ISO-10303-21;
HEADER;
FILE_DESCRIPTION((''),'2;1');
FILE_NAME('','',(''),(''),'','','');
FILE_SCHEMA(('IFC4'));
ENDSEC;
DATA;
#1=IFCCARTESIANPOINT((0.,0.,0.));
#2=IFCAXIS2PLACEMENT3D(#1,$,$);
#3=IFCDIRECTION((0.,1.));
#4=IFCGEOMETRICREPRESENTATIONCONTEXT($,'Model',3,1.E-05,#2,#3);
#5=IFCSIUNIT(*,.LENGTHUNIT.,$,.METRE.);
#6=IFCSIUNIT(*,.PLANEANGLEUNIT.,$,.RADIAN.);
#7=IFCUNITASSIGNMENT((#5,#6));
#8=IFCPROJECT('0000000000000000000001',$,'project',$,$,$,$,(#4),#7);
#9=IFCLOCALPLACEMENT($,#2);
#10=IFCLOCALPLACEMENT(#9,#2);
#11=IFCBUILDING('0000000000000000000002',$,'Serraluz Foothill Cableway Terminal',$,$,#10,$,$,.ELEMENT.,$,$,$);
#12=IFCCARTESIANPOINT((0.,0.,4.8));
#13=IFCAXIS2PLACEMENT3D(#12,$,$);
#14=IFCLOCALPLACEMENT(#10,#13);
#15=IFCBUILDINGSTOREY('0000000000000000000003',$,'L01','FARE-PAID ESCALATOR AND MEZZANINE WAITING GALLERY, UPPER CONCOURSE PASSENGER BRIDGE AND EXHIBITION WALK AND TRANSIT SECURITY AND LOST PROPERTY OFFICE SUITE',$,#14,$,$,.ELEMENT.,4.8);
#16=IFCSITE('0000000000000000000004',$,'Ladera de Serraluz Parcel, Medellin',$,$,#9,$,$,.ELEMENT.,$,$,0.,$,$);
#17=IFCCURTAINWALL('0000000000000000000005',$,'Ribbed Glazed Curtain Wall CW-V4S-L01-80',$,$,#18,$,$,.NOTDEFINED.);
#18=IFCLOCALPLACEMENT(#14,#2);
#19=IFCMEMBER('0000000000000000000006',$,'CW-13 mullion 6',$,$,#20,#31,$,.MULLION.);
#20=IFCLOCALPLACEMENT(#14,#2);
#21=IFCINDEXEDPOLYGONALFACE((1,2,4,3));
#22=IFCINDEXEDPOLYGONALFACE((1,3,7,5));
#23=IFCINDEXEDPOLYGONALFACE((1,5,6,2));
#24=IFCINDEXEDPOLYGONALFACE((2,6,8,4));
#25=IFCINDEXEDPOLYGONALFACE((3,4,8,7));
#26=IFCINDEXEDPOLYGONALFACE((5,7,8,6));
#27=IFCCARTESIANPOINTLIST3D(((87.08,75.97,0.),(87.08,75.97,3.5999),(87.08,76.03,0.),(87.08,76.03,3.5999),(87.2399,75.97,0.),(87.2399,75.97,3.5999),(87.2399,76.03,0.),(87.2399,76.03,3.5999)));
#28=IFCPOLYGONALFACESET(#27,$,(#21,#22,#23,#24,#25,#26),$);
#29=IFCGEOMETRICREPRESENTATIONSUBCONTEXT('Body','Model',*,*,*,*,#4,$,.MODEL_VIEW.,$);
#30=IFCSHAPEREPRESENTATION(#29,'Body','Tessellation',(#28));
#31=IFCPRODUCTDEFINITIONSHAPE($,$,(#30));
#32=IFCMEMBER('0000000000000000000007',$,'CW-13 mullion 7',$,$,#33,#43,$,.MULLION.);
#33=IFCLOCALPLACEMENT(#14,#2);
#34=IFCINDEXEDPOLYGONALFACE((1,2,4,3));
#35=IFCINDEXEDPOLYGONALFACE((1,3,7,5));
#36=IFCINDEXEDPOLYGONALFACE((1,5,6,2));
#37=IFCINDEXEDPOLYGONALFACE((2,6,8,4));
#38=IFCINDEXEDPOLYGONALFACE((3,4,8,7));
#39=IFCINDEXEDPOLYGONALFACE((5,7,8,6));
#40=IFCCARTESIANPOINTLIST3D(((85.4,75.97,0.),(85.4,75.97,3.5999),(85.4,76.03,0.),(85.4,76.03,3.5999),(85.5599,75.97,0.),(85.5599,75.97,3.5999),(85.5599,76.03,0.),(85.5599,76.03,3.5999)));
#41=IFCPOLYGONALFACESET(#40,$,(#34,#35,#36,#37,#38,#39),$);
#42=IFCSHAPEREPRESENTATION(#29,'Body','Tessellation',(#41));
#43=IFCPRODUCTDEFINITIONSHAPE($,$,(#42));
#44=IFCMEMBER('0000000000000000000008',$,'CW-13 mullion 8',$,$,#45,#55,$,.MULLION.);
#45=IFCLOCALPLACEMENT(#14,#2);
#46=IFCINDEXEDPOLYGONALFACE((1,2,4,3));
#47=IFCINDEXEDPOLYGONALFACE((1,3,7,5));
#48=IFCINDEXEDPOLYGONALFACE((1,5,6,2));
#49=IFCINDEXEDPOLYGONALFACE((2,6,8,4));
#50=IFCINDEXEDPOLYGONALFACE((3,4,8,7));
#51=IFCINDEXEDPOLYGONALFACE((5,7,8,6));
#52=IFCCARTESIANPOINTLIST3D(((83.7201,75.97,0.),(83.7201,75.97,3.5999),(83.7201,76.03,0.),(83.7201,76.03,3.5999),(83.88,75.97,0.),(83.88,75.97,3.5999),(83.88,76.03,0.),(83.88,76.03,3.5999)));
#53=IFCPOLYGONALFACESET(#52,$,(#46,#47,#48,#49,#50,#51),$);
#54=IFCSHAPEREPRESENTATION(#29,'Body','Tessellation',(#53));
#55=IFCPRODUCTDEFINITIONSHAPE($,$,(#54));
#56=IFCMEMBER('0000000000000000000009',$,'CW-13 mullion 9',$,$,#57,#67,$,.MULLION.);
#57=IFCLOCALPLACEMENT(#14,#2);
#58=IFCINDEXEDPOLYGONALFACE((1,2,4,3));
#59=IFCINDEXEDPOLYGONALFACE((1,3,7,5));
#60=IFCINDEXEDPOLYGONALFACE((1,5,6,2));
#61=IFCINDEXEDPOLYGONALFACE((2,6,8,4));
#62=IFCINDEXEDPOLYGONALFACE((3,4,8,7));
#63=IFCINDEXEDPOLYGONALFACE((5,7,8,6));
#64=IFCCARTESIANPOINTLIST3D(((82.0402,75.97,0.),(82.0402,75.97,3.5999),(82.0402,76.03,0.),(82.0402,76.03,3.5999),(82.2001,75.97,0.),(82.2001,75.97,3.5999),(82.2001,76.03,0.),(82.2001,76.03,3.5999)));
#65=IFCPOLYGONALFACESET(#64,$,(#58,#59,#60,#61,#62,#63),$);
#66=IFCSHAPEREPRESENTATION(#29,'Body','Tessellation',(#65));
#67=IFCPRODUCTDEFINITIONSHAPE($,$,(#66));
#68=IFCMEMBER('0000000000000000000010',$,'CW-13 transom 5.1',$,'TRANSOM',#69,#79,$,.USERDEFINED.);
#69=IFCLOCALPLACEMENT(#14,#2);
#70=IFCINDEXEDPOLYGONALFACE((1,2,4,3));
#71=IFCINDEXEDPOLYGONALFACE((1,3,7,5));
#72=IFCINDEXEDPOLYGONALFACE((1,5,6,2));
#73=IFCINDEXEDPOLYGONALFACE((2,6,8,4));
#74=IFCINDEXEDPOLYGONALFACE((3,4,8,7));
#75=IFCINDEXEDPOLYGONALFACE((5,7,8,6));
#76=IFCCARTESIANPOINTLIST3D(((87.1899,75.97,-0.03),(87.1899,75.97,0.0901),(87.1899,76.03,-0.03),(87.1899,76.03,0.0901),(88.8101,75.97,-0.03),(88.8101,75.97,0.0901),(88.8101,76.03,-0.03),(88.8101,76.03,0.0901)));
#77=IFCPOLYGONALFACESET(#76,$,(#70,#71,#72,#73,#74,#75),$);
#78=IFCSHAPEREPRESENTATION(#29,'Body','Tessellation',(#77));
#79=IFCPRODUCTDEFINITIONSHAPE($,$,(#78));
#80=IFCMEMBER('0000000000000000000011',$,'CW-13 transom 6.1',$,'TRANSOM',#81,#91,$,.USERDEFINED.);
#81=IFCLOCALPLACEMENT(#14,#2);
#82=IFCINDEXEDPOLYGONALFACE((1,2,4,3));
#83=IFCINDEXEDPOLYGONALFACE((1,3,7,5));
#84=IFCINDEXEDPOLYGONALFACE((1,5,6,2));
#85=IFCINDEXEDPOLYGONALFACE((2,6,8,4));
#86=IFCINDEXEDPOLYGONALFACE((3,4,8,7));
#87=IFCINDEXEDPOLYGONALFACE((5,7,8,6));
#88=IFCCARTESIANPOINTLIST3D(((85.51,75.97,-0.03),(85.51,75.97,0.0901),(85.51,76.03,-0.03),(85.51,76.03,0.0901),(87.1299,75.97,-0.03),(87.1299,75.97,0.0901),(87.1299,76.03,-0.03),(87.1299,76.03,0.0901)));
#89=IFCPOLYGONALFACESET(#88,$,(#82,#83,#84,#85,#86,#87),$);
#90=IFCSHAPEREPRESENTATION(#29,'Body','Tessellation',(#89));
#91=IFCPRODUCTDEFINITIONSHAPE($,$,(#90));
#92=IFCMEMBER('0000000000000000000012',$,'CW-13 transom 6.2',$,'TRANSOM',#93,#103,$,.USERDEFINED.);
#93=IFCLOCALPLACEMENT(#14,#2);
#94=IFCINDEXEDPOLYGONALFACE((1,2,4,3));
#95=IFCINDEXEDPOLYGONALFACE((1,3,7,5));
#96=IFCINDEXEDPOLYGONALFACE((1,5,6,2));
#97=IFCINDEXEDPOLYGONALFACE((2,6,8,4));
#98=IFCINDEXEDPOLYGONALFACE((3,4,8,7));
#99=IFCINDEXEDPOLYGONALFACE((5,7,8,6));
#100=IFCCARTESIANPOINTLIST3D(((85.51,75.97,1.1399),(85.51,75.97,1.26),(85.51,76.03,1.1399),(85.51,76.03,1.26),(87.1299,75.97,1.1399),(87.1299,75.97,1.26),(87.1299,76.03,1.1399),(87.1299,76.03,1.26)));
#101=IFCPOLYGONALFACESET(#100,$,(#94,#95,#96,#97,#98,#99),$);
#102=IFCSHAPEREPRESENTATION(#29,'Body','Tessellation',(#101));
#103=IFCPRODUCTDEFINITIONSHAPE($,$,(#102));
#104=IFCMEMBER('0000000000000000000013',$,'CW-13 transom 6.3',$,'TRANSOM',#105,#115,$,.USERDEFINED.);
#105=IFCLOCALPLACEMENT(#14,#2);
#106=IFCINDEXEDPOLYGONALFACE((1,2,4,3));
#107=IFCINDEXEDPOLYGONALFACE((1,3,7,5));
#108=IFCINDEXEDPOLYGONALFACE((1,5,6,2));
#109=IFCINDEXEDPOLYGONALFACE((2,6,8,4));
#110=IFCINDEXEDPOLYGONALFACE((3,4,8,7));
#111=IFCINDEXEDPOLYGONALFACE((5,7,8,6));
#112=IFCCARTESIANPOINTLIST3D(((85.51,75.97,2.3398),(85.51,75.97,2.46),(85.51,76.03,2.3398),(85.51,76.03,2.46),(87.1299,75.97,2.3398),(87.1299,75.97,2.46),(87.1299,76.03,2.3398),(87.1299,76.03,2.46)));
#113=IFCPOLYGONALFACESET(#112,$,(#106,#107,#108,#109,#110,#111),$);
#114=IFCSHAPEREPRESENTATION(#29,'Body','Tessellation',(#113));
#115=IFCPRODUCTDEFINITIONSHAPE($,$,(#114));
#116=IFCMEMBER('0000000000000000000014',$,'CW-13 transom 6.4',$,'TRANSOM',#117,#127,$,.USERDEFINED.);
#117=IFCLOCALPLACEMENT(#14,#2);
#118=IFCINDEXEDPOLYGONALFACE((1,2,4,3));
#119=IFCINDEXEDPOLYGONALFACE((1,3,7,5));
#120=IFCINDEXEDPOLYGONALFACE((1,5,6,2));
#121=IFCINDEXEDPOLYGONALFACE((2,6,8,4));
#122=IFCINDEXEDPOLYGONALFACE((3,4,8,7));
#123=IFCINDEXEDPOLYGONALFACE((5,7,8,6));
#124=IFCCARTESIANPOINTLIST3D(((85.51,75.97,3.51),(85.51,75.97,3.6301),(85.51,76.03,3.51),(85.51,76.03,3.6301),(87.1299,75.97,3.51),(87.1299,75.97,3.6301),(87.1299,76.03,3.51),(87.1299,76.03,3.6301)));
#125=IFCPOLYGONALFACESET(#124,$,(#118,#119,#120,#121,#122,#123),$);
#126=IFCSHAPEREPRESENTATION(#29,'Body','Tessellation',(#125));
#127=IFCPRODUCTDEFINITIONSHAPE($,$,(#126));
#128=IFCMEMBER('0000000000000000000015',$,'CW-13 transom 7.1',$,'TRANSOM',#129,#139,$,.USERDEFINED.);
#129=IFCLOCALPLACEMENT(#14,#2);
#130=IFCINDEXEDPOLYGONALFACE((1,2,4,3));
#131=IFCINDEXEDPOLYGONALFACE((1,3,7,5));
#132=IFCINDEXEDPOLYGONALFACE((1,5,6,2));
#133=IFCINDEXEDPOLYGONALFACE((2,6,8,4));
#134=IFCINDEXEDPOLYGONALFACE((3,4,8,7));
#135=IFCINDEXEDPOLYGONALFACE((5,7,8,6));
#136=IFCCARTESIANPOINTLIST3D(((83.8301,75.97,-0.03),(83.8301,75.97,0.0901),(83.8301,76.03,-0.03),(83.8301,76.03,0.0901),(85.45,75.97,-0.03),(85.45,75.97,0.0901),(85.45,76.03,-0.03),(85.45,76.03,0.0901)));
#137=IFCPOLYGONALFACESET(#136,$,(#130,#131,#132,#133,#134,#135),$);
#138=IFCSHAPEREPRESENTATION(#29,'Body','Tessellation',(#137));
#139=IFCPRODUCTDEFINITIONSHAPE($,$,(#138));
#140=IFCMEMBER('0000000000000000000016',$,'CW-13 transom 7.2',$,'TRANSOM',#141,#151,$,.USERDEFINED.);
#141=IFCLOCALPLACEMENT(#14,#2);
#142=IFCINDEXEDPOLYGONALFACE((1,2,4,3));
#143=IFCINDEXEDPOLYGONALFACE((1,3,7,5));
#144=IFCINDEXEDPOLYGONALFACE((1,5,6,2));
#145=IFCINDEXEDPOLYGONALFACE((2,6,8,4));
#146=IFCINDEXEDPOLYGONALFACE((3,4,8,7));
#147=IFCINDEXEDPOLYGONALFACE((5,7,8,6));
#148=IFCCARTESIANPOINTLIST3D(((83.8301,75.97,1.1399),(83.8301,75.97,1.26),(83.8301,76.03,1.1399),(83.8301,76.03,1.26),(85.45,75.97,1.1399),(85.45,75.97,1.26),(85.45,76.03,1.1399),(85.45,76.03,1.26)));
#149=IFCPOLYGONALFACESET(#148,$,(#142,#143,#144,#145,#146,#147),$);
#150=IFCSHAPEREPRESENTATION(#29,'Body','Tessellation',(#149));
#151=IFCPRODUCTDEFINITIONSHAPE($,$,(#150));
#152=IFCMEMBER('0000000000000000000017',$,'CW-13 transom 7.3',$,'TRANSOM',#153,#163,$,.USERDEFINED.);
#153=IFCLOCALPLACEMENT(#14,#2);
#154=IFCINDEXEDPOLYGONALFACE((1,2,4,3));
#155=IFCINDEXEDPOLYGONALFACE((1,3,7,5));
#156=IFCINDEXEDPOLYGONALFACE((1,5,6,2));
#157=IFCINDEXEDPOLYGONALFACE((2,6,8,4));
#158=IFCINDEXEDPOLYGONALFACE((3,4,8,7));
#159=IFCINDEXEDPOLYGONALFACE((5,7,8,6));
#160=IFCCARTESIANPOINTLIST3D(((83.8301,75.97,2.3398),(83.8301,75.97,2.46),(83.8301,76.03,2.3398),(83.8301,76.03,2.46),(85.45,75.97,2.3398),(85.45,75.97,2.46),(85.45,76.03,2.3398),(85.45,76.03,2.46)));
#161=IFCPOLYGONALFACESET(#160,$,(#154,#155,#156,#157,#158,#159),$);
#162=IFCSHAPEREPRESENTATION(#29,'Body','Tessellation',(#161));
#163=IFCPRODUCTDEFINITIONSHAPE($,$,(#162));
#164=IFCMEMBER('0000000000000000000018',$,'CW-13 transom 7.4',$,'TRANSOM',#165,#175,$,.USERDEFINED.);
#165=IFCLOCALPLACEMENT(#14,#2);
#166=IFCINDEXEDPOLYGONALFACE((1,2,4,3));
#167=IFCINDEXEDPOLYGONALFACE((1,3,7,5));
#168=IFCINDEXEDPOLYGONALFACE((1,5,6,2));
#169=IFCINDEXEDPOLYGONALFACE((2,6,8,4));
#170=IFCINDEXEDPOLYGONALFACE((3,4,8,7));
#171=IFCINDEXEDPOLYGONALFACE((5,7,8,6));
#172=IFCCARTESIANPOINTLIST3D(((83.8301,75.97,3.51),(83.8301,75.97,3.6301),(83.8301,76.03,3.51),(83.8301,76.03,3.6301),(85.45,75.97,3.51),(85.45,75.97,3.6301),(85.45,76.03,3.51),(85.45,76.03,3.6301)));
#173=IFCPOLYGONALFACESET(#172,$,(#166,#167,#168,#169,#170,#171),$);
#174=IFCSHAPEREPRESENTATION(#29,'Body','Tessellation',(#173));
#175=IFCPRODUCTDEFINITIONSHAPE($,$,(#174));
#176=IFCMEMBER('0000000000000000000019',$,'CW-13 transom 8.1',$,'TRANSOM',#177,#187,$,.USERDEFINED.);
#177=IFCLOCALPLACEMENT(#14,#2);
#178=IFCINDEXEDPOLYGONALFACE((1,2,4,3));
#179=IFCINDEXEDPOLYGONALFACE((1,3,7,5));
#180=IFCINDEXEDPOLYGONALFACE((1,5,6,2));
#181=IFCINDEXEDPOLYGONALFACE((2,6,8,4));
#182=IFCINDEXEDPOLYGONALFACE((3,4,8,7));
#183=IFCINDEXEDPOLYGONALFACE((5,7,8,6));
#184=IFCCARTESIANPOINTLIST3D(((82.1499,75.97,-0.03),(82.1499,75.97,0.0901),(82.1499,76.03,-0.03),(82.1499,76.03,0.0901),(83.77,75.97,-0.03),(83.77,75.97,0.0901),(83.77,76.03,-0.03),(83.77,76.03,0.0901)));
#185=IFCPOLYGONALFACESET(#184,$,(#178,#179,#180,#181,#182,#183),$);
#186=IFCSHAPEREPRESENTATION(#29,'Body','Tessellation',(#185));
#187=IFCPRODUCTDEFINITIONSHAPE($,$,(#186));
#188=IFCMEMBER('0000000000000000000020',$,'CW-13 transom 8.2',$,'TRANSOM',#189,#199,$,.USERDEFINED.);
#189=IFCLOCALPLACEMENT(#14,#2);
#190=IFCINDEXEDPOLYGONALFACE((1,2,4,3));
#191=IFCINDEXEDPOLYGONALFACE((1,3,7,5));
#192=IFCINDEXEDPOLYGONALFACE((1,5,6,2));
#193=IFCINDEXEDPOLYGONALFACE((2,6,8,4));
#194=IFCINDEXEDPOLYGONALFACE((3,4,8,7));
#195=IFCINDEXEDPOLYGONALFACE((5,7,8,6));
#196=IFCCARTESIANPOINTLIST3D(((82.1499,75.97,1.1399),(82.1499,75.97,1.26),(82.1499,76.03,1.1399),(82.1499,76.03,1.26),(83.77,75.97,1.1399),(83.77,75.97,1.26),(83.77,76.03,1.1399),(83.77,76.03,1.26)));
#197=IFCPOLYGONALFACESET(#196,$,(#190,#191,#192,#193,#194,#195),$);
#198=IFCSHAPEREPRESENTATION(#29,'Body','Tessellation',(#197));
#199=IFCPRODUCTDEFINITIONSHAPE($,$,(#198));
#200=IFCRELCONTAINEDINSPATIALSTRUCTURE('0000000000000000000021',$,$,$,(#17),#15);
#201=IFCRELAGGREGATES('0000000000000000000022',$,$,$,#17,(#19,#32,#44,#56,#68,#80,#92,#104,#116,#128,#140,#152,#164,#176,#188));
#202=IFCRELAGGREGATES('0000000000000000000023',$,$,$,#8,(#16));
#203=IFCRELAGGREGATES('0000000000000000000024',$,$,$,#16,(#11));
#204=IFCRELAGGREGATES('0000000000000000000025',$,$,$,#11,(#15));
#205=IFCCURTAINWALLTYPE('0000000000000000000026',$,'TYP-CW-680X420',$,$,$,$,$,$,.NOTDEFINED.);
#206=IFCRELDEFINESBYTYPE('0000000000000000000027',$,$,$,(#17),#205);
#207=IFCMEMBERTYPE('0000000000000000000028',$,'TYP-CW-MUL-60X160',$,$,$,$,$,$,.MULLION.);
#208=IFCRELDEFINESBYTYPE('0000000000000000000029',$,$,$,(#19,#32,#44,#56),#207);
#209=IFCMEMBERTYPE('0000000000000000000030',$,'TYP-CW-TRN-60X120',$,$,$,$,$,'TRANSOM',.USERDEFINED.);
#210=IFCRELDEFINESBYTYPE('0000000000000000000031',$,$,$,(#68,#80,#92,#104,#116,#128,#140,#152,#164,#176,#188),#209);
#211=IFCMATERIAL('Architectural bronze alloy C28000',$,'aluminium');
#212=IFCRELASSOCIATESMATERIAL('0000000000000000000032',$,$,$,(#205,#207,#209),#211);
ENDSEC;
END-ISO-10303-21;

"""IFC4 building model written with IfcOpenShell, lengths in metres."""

from ifc_helpers import new_model, si_unit, direction, frame, origin, origin_2d, place, context, subcontext, project, spatial, rectangle, extrude, material, material_profile, profile_set, type_object, element, aggregate, save


model = new_model("IFC4")

# Units and contexts
model_context = context("Model", 3, precision=1e-05, world=origin(), true_north=direction((0.0, 1.0)))
body_context = subcontext(model_context, "Body", "Model", "MODEL_VIEW")
ifc_project = project(units=[si_unit("LENGTHUNIT", "METRE"), si_unit("PLANEANGLEUNIT", "RADIAN")], contexts=[model_context])

# Site, building, storey
site_placement = place(None, origin())
site = spatial("IfcSite", under=ifc_project, at=site_placement, Name="Ladera de Serraluz Parcel, Medellin", CompositionType="ELEMENT", RefElevation=0.0)
building_placement = place(site_placement, origin())
building = spatial("IfcBuilding", under=site, at=building_placement, Name="Serraluz Foothill Cableway Terminal", CompositionType="ELEMENT")
storey_placement = place(building_placement, frame((0.0, 0.0, 4.8)))
storey = spatial("IfcBuildingStorey", under=building, at=storey_placement, Name="L01", Description="FARE-PAID ESCALATOR AND MEZZANINE WAITING GALLERY, UPPER CONCOURSE PASSENGER BRIDGE AND EXHIBITION WALK AND TRANSIT SECURITY AND LOST PROPERTY OFFICE SUITE", CompositionType="ELEMENT", Elevation=4.8)

# Curtain wall, members
ifc_material_1 = material(Name="Architectural bronze alloy C28000", Category="aluminium")
curtain_wall_type = type_object("IfcCurtainWallType", Name="TYP-CW-680X420", PredefinedType="NOTDEFINED", material=ifc_material_1)
curtain_wall_placement = place(storey_placement, origin())
curtain_wall = element("IfcCurtainWall", 1, at=curtain_wall_placement, inside=storey, type_object=curtain_wall_type, Name="Ribbed Glazed Curtain Wall CW-V4S-L01-80", PredefinedType="NOTDEFINED")
ifc_material_profile_1 = material_profile(ifc_material_1, rectangle(XDim=0.0601, YDim=0.1599, at=origin_2d()), Name="ALU MULLION 60x160")
ifc_profile_set_1 = profile_set([ifc_material_profile_1], Name="Architectural bronze alloy C28000")
member_type_1 = type_object("IfcMemberType", Name="TYP-CW-MUL-60X160", PredefinedType="MULLION", material=ifc_profile_set_1)
member_1_placement = place(storey_placement, frame((87.1599, 76.0, 0.0), z_axis=(0.0, 0.0, 1.0), x_axis=(0.0, -1.0, 0.0)))
member_1 = element("IfcMember", 2, at=member_1_placement, type_object=member_type_1, Name="CW-13 mullion 6", PredefinedType="MULLION", context=body_context, shape_type="SweptSolid", body=[
    extrude(rectangle(XDim=0.0601, YDim=0.1599, at=origin_2d()), origin(), (0.0, 0.0, 1.0), 3.5999),
])
member_2_placement = place(storey_placement, frame((85.48, 76.0, 0.0), z_axis=(0.0, 0.0, 1.0), x_axis=(0.0, -1.0, 0.0)))
member_2 = element("IfcMember", 3, at=member_2_placement, type_object=member_type_1, Name="CW-13 mullion 7", PredefinedType="MULLION", context=body_context, shape_type="SweptSolid", body=[
    extrude(rectangle(XDim=0.0601, YDim=0.1599, at=origin_2d()), origin(), (0.0, 0.0, 1.0), 3.5999),
])
member_3_placement = place(storey_placement, frame((83.8, 76.0, 0.0), z_axis=(0.0, 0.0, 1.0), x_axis=(0.0, -1.0, 0.0)))
member_3 = element("IfcMember", 4, at=member_3_placement, type_object=member_type_1, Name="CW-13 mullion 8", PredefinedType="MULLION", context=body_context, shape_type="SweptSolid", body=[
    extrude(rectangle(XDim=0.0601, YDim=0.1599, at=origin_2d()), origin(), (0.0, 0.0, 1.0), 3.5999),
])
member_4_placement = place(storey_placement, frame((82.1201, 76.0, 0.0), z_axis=(0.0, 0.0, 1.0), x_axis=(0.0, -1.0, 0.0)))
member_4 = element("IfcMember", 5, at=member_4_placement, type_object=member_type_1, Name="CW-13 mullion 9", PredefinedType="MULLION", context=body_context, shape_type="SweptSolid", body=[
    extrude(rectangle(XDim=0.0601, YDim=0.1599, at=origin_2d()), origin(), (0.0, 0.0, 1.0), 3.5999),
])
ifc_material_profile_2 = material_profile(ifc_material_1, rectangle(XDim=0.0601, YDim=0.1201, at=origin_2d()), Name="ALU TRANSOM 60x120")
ifc_profile_set_2 = profile_set([ifc_material_profile_2], Name="Architectural bronze alloy C28000")
member_type_2 = type_object("IfcMemberType", Name="TYP-CW-TRN-60X120", ElementType="TRANSOM", PredefinedType="USERDEFINED", material=ifc_profile_set_2)
member_5_placement = place(storey_placement, frame((88.8101, 76.0, 0.03), z_axis=(-1.0, 0.0, 0.0), x_axis=(0.0, -1.0, 0.0)))
member_5 = element("IfcMember", 6, at=member_5_placement, type_object=member_type_2, Name="CW-13 transom 5.1", ObjectType="TRANSOM", PredefinedType="USERDEFINED", context=body_context, shape_type="SweptSolid", body=[
    extrude(rectangle(XDim=0.0601, YDim=0.1201, at=origin_2d()), origin(), (0.0, 0.0, 1.0), 1.6201),
])
member_6_placement = place(storey_placement, frame((87.1299, 76.0, 0.03), z_axis=(-1.0, 0.0, 0.0), x_axis=(0.0, -1.0, 0.0)))
member_6 = element("IfcMember", 7, at=member_6_placement, type_object=member_type_2, Name="CW-13 transom 6.1", ObjectType="TRANSOM", PredefinedType="USERDEFINED", context=body_context, shape_type="SweptSolid", body=[
    extrude(rectangle(XDim=0.0601, YDim=0.1201, at=origin_2d()), origin(), (0.0, 0.0, 1.0), 1.6199),
])
member_7_placement = place(storey_placement, frame((87.1299, 76.0, 1.2), z_axis=(-1.0, 0.0, 0.0), x_axis=(0.0, -1.0, 0.0)))
member_7 = element("IfcMember", 8, at=member_7_placement, type_object=member_type_2, Name="CW-13 transom 6.2", ObjectType="TRANSOM", PredefinedType="USERDEFINED", context=body_context, shape_type="SweptSolid", body=[
    extrude(rectangle(XDim=0.0601, YDim=0.1201, at=origin_2d()), origin(), (0.0, 0.0, 1.0), 1.6199),
])
member_8_placement = place(storey_placement, frame((87.1299, 76.0, 2.3999), z_axis=(-1.0, 0.0, 0.0), x_axis=(0.0, -1.0, 0.0)))
member_8 = element("IfcMember", 9, at=member_8_placement, type_object=member_type_2, Name="CW-13 transom 6.3", ObjectType="TRANSOM", PredefinedType="USERDEFINED", context=body_context, shape_type="SweptSolid", body=[
    extrude(rectangle(XDim=0.0601, YDim=0.1201, at=origin_2d()), origin(), (0.0, 0.0, 1.0), 1.6199),
])
member_9_placement = place(storey_placement, frame((87.1299, 76.0, 3.5701), z_axis=(-1.0, 0.0, 0.0), x_axis=(0.0, -1.0, 0.0)))
member_9 = element("IfcMember", 10, at=member_9_placement, type_object=member_type_2, Name="CW-13 transom 6.4", ObjectType="TRANSOM", PredefinedType="USERDEFINED", context=body_context, shape_type="SweptSolid", body=[
    extrude(rectangle(XDim=0.0601, YDim=0.1201, at=origin_2d()), origin(), (0.0, 0.0, 1.0), 1.6199),
])
member_10_placement = place(storey_placement, frame((85.45, 76.0, 0.03), z_axis=(-1.0, 0.0, 0.0), x_axis=(0.0, -1.0, 0.0)))
member_10 = element("IfcMember", 11, at=member_10_placement, type_object=member_type_2, Name="CW-13 transom 7.1", ObjectType="TRANSOM", PredefinedType="USERDEFINED", context=body_context, shape_type="SweptSolid", body=[
    extrude(rectangle(XDim=0.0601, YDim=0.1201, at=origin_2d()), origin(), (0.0, 0.0, 1.0), 1.6199),
])
member_11_placement = place(storey_placement, frame((85.45, 76.0, 1.2), z_axis=(-1.0, 0.0, 0.0), x_axis=(0.0, -1.0, 0.0)))
member_11 = element("IfcMember", 12, at=member_11_placement, type_object=member_type_2, Name="CW-13 transom 7.2", ObjectType="TRANSOM", PredefinedType="USERDEFINED", context=body_context, shape_type="SweptSolid", body=[
    extrude(rectangle(XDim=0.0601, YDim=0.1201, at=origin_2d()), origin(), (0.0, 0.0, 1.0), 1.6199),
])
member_12_placement = place(storey_placement, frame((85.45, 76.0, 2.3999), z_axis=(-1.0, 0.0, 0.0), x_axis=(0.0, -1.0, 0.0)))
member_12 = element("IfcMember", 13, at=member_12_placement, type_object=member_type_2, Name="CW-13 transom 7.3", ObjectType="TRANSOM", PredefinedType="USERDEFINED", context=body_context, shape_type="SweptSolid", body=[
    extrude(rectangle(XDim=0.0601, YDim=0.1201, at=origin_2d()), origin(), (0.0, 0.0, 1.0), 1.6199),
])
member_13_placement = place(storey_placement, frame((85.45, 76.0, 3.5701), z_axis=(-1.0, 0.0, 0.0), x_axis=(0.0, -1.0, 0.0)))
member_13 = element("IfcMember", 14, at=member_13_placement, type_object=member_type_2, Name="CW-13 transom 7.4", ObjectType="TRANSOM", PredefinedType="USERDEFINED", context=body_context, shape_type="SweptSolid", body=[
    extrude(rectangle(XDim=0.0601, YDim=0.1201, at=origin_2d()), origin(), (0.0, 0.0, 1.0), 1.6199),
])
member_14_placement = place(storey_placement, frame((83.77, 76.0, 0.03), z_axis=(-1.0, 0.0, 0.0), x_axis=(0.0, -1.0, 0.0)))
member_14 = element("IfcMember", 15, at=member_14_placement, type_object=member_type_2, Name="CW-13 transom 8.1", ObjectType="TRANSOM", PredefinedType="USERDEFINED", context=body_context, shape_type="SweptSolid", body=[
    extrude(rectangle(XDim=0.0601, YDim=0.1201, at=origin_2d()), origin(), (0.0, 0.0, 1.0), 1.6201),
])
member_15_placement = place(storey_placement, frame((83.77, 76.0, 1.2), z_axis=(-1.0, 0.0, 0.0), x_axis=(0.0, -1.0, 0.0)))
member_15 = element("IfcMember", 16, at=member_15_placement, type_object=member_type_2, Name="CW-13 transom 8.2", ObjectType="TRANSOM", PredefinedType="USERDEFINED", context=body_context, shape_type="SweptSolid", body=[
    extrude(rectangle(XDim=0.0601, YDim=0.1201, at=origin_2d()), origin(), (0.0, 0.0, 1.0), 1.6201),
])
aggregate(curtain_wall, [member_1, member_2, member_3, member_4, member_5, member_6, member_7, member_8, member_9, member_10, member_11, member_12, member_13, member_14, member_15])

save(model, "model.ifc")
